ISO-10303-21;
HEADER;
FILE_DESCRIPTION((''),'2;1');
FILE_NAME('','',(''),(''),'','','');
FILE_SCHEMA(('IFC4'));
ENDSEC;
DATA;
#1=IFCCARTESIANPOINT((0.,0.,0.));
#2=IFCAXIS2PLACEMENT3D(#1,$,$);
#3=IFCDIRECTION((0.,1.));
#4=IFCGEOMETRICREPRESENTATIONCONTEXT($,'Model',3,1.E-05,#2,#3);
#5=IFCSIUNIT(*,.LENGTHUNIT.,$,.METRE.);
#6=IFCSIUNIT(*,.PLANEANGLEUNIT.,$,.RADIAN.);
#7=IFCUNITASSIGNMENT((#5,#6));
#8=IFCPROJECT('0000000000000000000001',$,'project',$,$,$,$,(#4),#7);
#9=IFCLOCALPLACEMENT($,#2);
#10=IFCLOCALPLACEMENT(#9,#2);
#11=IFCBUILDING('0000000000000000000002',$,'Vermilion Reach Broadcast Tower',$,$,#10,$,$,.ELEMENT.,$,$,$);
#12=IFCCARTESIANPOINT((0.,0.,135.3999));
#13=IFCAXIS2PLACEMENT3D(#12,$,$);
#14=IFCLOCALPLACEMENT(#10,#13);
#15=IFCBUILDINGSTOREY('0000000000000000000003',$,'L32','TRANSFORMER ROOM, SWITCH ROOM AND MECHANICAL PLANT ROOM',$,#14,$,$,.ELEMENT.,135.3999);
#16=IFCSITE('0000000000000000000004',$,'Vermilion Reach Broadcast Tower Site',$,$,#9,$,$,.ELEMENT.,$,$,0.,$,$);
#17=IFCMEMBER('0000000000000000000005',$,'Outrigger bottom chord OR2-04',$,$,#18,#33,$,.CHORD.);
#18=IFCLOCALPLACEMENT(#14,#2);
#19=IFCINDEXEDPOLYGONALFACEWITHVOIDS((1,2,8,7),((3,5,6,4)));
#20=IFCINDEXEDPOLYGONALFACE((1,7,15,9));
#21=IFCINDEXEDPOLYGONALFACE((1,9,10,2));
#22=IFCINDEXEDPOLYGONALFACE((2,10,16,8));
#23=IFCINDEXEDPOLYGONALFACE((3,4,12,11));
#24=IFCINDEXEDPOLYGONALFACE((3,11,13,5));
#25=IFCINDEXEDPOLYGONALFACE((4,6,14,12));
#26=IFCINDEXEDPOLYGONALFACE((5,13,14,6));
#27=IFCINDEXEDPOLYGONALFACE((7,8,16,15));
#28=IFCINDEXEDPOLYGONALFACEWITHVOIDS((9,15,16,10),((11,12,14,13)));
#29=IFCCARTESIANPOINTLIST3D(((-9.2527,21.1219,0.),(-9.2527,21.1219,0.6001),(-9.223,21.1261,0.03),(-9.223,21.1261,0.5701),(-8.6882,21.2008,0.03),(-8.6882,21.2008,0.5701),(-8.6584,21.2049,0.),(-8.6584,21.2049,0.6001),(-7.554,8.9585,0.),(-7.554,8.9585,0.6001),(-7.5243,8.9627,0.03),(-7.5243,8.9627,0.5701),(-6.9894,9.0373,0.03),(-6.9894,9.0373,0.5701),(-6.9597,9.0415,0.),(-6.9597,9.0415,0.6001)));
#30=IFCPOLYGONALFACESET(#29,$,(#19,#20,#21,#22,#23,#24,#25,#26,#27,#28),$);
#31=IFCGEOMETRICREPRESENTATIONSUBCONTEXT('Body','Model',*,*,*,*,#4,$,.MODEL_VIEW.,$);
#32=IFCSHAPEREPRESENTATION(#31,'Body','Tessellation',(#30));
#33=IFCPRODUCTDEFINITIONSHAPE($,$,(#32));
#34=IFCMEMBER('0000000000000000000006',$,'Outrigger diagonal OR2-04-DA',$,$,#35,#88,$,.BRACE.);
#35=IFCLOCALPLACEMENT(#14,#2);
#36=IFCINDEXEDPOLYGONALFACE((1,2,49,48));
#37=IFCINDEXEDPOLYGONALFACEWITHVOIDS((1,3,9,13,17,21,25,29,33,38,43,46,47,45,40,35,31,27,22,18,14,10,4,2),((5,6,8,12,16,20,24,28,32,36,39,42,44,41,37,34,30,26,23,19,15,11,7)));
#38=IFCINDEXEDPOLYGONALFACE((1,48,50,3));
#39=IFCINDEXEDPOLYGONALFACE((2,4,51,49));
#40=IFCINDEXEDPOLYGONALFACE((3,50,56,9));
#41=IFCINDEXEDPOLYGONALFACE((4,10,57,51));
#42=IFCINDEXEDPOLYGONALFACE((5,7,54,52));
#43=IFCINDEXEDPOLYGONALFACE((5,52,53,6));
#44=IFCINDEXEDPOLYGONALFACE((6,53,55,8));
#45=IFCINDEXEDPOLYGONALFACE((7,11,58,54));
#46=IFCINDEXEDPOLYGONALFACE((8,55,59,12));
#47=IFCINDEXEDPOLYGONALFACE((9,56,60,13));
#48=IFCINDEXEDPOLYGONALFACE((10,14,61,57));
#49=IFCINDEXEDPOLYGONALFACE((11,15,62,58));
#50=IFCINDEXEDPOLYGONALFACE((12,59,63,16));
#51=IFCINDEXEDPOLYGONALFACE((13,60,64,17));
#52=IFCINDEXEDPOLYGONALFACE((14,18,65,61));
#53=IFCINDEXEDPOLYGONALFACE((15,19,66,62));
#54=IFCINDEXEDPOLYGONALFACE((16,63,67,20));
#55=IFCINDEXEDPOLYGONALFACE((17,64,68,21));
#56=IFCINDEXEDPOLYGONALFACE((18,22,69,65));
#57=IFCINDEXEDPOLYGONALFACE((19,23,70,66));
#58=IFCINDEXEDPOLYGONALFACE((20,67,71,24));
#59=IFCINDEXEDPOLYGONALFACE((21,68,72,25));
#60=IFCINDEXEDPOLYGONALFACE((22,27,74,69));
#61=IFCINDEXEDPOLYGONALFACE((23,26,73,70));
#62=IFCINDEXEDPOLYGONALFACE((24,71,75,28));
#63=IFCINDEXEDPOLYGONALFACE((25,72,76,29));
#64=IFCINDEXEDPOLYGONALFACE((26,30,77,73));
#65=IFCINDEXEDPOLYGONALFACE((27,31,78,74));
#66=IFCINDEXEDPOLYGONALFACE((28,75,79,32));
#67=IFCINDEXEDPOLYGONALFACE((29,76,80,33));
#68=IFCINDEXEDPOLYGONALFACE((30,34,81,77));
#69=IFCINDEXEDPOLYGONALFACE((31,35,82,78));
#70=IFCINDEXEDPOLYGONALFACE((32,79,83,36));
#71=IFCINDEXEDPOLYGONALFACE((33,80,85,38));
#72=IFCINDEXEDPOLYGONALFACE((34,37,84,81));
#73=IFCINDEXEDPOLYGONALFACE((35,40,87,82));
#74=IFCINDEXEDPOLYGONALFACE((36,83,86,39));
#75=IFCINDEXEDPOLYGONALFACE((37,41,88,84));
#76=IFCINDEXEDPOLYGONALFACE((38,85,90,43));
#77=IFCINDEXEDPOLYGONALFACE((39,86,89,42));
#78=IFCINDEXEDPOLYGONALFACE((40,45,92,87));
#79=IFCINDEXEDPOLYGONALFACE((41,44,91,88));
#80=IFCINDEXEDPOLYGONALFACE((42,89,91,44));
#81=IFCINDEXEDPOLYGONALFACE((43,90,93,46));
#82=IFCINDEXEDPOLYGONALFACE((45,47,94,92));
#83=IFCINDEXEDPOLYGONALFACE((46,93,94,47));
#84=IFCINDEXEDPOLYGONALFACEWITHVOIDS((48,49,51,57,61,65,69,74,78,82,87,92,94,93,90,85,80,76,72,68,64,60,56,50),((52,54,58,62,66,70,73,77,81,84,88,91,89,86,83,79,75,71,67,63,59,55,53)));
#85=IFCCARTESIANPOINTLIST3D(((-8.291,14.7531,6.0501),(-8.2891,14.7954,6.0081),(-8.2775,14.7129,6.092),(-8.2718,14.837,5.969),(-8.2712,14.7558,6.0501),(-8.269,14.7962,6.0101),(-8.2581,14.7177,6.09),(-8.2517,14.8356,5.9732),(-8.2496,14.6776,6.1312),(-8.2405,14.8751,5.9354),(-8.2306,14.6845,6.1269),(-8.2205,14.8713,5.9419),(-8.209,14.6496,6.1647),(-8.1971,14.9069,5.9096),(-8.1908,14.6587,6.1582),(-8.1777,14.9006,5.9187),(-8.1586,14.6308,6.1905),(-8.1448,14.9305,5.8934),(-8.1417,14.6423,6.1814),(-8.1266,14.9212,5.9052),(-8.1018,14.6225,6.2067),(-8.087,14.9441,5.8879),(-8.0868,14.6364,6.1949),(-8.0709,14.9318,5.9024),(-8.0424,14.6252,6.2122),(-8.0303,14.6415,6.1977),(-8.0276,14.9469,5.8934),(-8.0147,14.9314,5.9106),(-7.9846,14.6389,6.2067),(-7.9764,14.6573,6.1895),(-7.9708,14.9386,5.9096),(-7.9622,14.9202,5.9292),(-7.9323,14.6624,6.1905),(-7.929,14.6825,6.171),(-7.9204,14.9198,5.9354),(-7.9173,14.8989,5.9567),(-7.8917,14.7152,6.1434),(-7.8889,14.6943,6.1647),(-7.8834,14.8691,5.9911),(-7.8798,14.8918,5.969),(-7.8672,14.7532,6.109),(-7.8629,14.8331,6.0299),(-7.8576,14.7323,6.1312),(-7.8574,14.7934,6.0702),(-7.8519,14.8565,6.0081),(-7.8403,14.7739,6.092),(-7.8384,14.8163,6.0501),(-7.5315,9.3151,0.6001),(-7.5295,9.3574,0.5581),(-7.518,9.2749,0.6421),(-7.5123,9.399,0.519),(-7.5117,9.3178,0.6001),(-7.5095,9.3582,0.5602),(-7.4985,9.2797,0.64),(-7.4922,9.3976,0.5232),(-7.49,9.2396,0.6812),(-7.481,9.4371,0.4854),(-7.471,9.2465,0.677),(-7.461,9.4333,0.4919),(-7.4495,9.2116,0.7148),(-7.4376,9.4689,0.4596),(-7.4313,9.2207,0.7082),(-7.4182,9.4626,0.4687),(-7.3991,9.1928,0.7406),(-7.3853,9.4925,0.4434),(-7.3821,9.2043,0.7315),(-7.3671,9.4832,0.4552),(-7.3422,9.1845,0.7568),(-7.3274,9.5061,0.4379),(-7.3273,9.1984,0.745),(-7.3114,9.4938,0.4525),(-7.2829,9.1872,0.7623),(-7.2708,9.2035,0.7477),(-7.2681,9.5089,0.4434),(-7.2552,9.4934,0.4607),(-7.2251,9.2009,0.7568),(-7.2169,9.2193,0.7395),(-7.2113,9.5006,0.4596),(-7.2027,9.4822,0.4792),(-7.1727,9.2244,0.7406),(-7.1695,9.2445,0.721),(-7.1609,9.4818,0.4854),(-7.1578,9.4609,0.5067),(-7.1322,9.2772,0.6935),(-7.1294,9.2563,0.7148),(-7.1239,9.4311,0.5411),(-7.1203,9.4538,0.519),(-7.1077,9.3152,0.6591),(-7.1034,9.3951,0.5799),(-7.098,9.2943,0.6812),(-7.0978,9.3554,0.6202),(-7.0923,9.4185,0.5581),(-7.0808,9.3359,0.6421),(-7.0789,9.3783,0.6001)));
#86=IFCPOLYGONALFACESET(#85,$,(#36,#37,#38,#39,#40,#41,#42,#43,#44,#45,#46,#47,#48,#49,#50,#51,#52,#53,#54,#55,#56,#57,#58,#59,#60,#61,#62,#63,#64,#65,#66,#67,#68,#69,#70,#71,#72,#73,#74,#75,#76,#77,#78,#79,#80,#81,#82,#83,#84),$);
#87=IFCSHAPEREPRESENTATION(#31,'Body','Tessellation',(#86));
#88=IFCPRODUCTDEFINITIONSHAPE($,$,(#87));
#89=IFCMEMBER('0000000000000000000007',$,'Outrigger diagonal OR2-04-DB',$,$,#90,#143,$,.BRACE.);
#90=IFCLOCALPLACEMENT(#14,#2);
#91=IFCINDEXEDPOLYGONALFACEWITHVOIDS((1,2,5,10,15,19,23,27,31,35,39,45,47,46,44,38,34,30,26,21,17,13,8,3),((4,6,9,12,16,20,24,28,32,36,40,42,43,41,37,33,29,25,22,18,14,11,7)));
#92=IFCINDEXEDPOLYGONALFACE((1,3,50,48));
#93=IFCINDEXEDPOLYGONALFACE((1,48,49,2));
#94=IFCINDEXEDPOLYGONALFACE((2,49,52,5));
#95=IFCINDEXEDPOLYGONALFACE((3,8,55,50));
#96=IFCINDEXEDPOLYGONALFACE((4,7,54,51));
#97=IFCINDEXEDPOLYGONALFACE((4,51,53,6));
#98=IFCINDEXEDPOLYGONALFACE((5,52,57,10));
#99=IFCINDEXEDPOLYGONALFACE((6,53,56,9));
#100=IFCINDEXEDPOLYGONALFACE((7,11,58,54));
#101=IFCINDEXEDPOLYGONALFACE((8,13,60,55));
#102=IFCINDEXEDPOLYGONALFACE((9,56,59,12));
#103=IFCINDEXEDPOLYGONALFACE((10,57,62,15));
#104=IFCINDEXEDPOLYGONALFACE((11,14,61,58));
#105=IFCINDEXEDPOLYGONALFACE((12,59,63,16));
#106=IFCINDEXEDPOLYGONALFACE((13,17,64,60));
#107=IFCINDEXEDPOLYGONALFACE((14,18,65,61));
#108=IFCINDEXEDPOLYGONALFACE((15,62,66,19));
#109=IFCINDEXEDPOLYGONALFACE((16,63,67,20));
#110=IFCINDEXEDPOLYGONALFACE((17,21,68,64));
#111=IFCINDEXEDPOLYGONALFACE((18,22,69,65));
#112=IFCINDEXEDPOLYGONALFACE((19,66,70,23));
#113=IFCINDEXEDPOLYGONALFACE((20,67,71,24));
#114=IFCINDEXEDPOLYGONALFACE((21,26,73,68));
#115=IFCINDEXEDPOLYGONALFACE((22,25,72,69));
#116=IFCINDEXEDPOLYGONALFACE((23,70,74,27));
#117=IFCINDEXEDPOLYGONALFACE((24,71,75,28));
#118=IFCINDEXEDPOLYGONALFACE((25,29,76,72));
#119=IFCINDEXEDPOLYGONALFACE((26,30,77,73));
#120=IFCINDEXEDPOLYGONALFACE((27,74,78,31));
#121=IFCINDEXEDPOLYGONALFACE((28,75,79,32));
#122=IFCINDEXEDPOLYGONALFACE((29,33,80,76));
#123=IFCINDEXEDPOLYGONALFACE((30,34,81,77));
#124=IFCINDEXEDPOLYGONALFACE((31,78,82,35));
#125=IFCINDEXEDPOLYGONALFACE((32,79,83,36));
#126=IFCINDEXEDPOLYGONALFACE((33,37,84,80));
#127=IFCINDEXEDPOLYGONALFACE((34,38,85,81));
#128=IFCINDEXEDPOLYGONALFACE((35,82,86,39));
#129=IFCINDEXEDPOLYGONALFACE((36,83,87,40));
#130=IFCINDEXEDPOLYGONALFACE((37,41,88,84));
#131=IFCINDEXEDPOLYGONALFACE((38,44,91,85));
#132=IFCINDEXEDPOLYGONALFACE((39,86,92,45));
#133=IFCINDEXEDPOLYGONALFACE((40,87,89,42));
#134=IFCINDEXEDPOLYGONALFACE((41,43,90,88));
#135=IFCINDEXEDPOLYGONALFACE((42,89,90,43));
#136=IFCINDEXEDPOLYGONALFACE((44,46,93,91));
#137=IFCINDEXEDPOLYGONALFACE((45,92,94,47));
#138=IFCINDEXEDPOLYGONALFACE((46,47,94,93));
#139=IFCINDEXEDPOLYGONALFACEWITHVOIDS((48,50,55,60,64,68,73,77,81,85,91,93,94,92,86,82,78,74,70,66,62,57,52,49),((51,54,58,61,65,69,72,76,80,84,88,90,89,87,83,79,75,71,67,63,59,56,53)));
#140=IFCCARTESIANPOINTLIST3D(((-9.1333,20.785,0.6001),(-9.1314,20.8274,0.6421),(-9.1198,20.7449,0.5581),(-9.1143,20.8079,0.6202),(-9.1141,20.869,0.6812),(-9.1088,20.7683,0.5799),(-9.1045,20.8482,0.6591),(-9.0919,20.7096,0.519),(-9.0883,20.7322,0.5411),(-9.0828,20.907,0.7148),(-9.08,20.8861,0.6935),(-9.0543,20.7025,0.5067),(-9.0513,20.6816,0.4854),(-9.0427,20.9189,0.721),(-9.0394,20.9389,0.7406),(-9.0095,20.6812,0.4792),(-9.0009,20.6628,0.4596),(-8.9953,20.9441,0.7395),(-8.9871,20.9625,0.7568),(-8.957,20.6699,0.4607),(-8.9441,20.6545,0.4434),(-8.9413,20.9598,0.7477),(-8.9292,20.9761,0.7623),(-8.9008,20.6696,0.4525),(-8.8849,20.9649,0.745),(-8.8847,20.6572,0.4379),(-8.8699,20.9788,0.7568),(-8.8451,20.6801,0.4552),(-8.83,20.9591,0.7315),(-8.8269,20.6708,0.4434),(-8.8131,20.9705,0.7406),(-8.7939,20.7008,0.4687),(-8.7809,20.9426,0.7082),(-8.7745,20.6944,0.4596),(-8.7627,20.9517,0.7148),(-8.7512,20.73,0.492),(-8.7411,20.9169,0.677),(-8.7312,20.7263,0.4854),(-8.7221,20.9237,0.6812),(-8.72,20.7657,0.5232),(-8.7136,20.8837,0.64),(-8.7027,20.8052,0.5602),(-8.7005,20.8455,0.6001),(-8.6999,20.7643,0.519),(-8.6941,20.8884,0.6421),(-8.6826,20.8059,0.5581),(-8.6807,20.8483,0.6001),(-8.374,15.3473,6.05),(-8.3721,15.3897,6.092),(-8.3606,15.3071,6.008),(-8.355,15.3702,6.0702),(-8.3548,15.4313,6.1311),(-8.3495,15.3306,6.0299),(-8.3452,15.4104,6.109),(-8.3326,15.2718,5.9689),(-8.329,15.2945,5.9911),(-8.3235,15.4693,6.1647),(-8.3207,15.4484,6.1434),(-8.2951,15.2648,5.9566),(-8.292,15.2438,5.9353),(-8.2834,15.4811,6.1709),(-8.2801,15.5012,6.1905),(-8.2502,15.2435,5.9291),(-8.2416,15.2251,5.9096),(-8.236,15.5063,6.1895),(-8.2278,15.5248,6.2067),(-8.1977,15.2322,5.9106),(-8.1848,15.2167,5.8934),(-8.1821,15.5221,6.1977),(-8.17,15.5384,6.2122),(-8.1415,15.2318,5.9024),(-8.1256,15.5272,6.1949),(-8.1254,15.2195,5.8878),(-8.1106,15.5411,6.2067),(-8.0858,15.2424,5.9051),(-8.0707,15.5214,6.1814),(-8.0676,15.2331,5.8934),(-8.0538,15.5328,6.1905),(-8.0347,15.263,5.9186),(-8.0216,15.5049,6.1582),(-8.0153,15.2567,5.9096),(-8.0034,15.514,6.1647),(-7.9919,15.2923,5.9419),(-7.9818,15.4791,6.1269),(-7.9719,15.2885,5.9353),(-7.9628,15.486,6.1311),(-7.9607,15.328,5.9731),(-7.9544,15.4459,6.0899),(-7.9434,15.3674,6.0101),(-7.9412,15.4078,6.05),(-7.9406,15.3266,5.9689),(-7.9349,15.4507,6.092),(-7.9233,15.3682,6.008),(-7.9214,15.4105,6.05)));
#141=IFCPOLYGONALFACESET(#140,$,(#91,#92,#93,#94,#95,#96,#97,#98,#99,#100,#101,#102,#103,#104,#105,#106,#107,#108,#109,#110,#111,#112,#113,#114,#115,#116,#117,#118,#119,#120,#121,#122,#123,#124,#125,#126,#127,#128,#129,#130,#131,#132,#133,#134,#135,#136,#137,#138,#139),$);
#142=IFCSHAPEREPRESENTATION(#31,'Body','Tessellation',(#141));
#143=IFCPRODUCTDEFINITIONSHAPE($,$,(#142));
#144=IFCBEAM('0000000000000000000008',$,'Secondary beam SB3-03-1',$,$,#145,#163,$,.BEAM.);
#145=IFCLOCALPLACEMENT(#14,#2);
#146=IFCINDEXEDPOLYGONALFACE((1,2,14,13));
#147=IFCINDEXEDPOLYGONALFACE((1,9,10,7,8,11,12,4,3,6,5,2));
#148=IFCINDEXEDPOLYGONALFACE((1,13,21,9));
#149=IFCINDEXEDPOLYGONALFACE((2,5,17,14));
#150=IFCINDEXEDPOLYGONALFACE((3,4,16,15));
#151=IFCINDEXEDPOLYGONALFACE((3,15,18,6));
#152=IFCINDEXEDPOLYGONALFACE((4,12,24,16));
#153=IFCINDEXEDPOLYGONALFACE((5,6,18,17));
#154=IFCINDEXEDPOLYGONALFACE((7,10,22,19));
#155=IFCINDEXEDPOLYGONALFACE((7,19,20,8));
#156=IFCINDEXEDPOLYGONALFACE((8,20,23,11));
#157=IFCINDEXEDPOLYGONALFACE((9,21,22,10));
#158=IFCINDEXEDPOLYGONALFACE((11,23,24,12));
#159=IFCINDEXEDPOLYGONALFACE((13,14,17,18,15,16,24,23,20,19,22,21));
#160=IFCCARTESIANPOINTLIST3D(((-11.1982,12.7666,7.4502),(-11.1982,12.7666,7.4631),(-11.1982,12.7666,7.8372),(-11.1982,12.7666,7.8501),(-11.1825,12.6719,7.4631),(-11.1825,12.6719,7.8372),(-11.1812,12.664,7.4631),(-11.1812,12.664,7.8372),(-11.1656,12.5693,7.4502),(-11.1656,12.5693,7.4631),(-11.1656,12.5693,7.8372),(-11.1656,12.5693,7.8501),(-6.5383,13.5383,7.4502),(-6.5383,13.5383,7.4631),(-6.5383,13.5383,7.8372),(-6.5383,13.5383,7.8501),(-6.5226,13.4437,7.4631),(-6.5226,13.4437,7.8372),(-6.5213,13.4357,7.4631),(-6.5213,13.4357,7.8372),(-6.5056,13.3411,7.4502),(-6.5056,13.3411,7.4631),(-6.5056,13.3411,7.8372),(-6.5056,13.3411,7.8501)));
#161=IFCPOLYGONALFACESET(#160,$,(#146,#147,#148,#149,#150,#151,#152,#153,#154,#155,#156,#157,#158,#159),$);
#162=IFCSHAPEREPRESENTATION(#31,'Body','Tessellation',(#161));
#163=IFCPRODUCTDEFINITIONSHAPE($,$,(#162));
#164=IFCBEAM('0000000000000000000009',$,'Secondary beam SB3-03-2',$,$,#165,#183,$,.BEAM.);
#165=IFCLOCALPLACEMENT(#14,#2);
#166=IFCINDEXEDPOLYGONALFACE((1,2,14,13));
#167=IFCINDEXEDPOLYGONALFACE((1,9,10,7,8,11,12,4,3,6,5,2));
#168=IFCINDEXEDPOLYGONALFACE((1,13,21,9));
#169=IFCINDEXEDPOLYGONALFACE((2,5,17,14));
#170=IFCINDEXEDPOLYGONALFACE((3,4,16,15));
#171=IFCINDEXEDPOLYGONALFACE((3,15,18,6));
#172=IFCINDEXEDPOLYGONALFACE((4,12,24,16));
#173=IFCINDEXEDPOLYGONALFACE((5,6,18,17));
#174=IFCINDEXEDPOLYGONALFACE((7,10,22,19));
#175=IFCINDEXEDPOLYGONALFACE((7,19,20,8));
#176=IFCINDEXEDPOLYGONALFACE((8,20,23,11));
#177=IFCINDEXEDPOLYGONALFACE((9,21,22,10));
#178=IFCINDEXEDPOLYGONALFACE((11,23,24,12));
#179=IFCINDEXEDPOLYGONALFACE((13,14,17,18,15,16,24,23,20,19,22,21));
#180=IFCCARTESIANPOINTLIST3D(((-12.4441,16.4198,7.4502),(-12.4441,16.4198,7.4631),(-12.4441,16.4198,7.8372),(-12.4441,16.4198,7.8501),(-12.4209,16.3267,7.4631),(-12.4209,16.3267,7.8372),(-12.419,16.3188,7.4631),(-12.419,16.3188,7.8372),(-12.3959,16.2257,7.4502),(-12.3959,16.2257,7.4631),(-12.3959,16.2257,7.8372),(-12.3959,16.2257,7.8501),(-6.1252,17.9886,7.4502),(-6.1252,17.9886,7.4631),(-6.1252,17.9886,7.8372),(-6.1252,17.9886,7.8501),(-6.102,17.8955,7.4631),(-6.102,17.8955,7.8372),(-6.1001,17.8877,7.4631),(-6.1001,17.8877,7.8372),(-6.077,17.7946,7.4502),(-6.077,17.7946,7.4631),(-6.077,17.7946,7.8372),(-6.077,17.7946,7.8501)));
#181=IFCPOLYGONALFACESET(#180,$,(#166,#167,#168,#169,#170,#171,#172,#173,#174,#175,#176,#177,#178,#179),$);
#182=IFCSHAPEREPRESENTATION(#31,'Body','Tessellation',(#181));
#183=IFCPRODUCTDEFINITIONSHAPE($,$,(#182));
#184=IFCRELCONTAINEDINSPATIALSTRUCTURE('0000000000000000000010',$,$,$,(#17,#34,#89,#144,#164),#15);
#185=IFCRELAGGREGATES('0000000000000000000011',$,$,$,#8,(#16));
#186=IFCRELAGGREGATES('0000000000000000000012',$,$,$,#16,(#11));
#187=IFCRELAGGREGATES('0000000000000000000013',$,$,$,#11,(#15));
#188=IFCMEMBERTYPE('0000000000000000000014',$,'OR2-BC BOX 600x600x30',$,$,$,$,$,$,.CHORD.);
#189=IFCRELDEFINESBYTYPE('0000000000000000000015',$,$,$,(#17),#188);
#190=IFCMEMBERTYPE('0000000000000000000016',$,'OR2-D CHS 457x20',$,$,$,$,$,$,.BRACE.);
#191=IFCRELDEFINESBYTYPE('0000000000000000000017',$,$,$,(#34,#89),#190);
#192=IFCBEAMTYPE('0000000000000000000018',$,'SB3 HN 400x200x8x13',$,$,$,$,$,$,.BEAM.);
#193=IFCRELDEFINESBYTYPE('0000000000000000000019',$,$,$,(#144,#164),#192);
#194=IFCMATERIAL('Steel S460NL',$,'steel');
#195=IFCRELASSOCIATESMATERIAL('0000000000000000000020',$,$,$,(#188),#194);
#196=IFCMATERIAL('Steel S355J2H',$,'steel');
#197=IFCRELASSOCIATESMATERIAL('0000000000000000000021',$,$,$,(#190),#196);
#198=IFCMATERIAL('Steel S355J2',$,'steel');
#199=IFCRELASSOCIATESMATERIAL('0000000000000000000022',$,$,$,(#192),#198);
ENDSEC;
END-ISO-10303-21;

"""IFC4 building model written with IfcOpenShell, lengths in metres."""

from ifc_helpers import new_model, si_unit, direction, frame, origin, origin_2d, place, context, subcontext, project, spatial, hollow_rectangle, hollow_circle, i_section, extrude, material, material_profile, profile_set, type_object, element, save


model = new_model("IFC4")

# Units and contexts
model_context = context("Model", 3, precision=1e-05, world=origin(), true_north=direction((0.0, 1.0)))
body_context = subcontext(model_context, "Body", "Model", "MODEL_VIEW")
ifc_project = project(units=[si_unit("LENGTHUNIT", "METRE"), si_unit("PLANEANGLEUNIT", "RADIAN")], contexts=[model_context])

# Site, building, storey
site_placement = place(None, origin())
site = spatial("IfcSite", under=ifc_project, at=site_placement, Name="Vermilion Reach Broadcast Tower Site", CompositionType="ELEMENT", RefElevation=0.0)
building_placement = place(site_placement, origin())
building = spatial("IfcBuilding", under=site, at=building_placement, Name="Vermilion Reach Broadcast Tower", CompositionType="ELEMENT")
storey_placement = place(building_placement, frame((0.0, 0.0, 135.3999)))
storey = spatial("IfcBuildingStorey", under=building, at=storey_placement, Name="L32", Description="TRANSFORMER ROOM, SWITCH ROOM AND MECHANICAL PLANT ROOM", CompositionType="ELEMENT", Elevation=135.3999)

# Members
ifc_material_1 = material(Name="Steel S460NL", Category="steel")
ifc_material_profile_1 = material_profile(ifc_material_1, hollow_rectangle(XDim=0.6001, YDim=0.6001, WallThickness=0.03, at=origin_2d()), Name="S460NL BOX 600x600x30")
ifc_profile_set_1 = profile_set([ifc_material_profile_1], Name="Steel S460NL")
member_type_1 = type_object("IfcMemberType", Name="OR2-BC BOX 600x600x30", PredefinedType="CHORD", material=ifc_profile_set_1)
member_1_placement = place(storey_placement, frame((-7.2568, 9.0, 0.3), z_axis=(-0.138318, 0.990388, 0.0), x_axis=(-0.990388, -0.138318, 0.0)))
element("IfcMember", 1, at=member_1_placement, inside=storey, type_object=member_type_1, Name="Outrigger bottom chord OR2-04", PredefinedType="CHORD", context=body_context, shape_type="SweptSolid", body=[
    extrude(hollow_rectangle(XDim=0.6001, YDim=0.6001, WallThickness=0.03, at=origin_2d()), origin(), (0.0, 0.0, 1.0), 12.2815),
])
ifc_material_2 = material(Name="Steel S355J2H", Category="steel")
ifc_material_profile_2 = material_profile(ifc_material_2, hollow_circle(Radius=0.2285, WallThickness=0.02, at=origin_2d()), Name="S355J2H CHS 457x20")
ifc_profile_set_2 = profile_set([ifc_material_profile_2], Name="Steel S355J2H")
member_type_2 = type_object("IfcMemberType", Name="OR2-D CHS 457x20", PredefinedType="BRACE", material=ifc_profile_set_2)
member_2_placement = place(storey_placement, frame((-7.3052, 9.3467, 0.6001), z_axis=(-0.098176, 0.702917, 0.704464), x_axis=(-0.990387, -0.138327, 0.0)))
element("IfcMember", 2, at=member_2_placement, inside=storey, type_object=member_type_2, Name="Outrigger diagonal OR2-04-DA", PredefinedType="BRACE", context=body_context, shape_type="SweptSolid", body=[
    extrude(hollow_circle(Radius=0.2285, WallThickness=0.02, at=origin_2d()), origin(), (0.0, 0.0, 1.0), 7.7363),
])
member_3_placement = place(storey_placement, frame((-8.907, 20.8167, 0.6001), z_axis=(0.098147, -0.702903, 0.704481), x_axis=(0.990392, 0.138289, 0.0)))
element("IfcMember", 3, at=member_3_placement, inside=storey, type_object=member_type_2, Name="Outrigger diagonal OR2-04-DB", PredefinedType="BRACE", context=body_context, shape_type="SweptSolid", body=[
    extrude(hollow_circle(Radius=0.2285, WallThickness=0.02, at=origin_2d()), origin(), (0.0, 0.0, 1.0), 7.7361),
])

# Beams
ifc_material_3 = material(Name="Steel S355J2", Category="steel")
ifc_material_profile_3 = material_profile(ifc_material_3, i_section(OverallWidth=0.2, OverallDepth=0.3999, WebThickness=0.0081, FlangeThickness=0.0129, at=origin_2d()), Name="S355J2 HN 400x200x8x13")
ifc_profile_set_3 = profile_set([ifc_material_profile_3], Name="Steel S355J2")
beam_type_1 = type_object("IfcBeamType", Name="SB3 HN 400x200x8x13", PredefinedType="BEAM", material=ifc_profile_set_3)
beam_1_placement = place(storey_placement, frame((-6.522, 13.4397, 7.6501), z_axis=(-0.986562, -0.163385, 0.0), x_axis=(0.163385, -0.986562, 0.0)))
element("IfcBeam", 4, at=beam_1_placement, inside=storey, type_object=beam_type_1, Name="Secondary beam SB3-03-1", PredefinedType="BEAM", context=body_context, shape_type="SweptSolid", body=[
    extrude(i_section(OverallWidth=0.2, OverallDepth=0.3999, WebThickness=0.0081, FlangeThickness=0.0129, at=origin_2d()), origin(), (0.0, 0.0, 1.0), 4.7234),
])
beam_2_placement = place(storey_placement, frame((-6.1011, 17.8916, 7.6501), z_axis=(-0.970534, -0.240965, 0.0), x_axis=(0.240965, -0.970534, 0.0)))
element("IfcBeam", 5, at=beam_2_placement, inside=storey, type_object=beam_type_1, Name="Secondary beam SB3-03-2", PredefinedType="BEAM", context=body_context, shape_type="SweptSolid", body=[
    extrude(i_section(OverallWidth=0.2, OverallDepth=0.3999, WebThickness=0.0081, FlangeThickness=0.0129, at=origin_2d()), origin(), (0.0, 0.0, 1.0), 6.5107),
])

save(model, "model.ifc")
